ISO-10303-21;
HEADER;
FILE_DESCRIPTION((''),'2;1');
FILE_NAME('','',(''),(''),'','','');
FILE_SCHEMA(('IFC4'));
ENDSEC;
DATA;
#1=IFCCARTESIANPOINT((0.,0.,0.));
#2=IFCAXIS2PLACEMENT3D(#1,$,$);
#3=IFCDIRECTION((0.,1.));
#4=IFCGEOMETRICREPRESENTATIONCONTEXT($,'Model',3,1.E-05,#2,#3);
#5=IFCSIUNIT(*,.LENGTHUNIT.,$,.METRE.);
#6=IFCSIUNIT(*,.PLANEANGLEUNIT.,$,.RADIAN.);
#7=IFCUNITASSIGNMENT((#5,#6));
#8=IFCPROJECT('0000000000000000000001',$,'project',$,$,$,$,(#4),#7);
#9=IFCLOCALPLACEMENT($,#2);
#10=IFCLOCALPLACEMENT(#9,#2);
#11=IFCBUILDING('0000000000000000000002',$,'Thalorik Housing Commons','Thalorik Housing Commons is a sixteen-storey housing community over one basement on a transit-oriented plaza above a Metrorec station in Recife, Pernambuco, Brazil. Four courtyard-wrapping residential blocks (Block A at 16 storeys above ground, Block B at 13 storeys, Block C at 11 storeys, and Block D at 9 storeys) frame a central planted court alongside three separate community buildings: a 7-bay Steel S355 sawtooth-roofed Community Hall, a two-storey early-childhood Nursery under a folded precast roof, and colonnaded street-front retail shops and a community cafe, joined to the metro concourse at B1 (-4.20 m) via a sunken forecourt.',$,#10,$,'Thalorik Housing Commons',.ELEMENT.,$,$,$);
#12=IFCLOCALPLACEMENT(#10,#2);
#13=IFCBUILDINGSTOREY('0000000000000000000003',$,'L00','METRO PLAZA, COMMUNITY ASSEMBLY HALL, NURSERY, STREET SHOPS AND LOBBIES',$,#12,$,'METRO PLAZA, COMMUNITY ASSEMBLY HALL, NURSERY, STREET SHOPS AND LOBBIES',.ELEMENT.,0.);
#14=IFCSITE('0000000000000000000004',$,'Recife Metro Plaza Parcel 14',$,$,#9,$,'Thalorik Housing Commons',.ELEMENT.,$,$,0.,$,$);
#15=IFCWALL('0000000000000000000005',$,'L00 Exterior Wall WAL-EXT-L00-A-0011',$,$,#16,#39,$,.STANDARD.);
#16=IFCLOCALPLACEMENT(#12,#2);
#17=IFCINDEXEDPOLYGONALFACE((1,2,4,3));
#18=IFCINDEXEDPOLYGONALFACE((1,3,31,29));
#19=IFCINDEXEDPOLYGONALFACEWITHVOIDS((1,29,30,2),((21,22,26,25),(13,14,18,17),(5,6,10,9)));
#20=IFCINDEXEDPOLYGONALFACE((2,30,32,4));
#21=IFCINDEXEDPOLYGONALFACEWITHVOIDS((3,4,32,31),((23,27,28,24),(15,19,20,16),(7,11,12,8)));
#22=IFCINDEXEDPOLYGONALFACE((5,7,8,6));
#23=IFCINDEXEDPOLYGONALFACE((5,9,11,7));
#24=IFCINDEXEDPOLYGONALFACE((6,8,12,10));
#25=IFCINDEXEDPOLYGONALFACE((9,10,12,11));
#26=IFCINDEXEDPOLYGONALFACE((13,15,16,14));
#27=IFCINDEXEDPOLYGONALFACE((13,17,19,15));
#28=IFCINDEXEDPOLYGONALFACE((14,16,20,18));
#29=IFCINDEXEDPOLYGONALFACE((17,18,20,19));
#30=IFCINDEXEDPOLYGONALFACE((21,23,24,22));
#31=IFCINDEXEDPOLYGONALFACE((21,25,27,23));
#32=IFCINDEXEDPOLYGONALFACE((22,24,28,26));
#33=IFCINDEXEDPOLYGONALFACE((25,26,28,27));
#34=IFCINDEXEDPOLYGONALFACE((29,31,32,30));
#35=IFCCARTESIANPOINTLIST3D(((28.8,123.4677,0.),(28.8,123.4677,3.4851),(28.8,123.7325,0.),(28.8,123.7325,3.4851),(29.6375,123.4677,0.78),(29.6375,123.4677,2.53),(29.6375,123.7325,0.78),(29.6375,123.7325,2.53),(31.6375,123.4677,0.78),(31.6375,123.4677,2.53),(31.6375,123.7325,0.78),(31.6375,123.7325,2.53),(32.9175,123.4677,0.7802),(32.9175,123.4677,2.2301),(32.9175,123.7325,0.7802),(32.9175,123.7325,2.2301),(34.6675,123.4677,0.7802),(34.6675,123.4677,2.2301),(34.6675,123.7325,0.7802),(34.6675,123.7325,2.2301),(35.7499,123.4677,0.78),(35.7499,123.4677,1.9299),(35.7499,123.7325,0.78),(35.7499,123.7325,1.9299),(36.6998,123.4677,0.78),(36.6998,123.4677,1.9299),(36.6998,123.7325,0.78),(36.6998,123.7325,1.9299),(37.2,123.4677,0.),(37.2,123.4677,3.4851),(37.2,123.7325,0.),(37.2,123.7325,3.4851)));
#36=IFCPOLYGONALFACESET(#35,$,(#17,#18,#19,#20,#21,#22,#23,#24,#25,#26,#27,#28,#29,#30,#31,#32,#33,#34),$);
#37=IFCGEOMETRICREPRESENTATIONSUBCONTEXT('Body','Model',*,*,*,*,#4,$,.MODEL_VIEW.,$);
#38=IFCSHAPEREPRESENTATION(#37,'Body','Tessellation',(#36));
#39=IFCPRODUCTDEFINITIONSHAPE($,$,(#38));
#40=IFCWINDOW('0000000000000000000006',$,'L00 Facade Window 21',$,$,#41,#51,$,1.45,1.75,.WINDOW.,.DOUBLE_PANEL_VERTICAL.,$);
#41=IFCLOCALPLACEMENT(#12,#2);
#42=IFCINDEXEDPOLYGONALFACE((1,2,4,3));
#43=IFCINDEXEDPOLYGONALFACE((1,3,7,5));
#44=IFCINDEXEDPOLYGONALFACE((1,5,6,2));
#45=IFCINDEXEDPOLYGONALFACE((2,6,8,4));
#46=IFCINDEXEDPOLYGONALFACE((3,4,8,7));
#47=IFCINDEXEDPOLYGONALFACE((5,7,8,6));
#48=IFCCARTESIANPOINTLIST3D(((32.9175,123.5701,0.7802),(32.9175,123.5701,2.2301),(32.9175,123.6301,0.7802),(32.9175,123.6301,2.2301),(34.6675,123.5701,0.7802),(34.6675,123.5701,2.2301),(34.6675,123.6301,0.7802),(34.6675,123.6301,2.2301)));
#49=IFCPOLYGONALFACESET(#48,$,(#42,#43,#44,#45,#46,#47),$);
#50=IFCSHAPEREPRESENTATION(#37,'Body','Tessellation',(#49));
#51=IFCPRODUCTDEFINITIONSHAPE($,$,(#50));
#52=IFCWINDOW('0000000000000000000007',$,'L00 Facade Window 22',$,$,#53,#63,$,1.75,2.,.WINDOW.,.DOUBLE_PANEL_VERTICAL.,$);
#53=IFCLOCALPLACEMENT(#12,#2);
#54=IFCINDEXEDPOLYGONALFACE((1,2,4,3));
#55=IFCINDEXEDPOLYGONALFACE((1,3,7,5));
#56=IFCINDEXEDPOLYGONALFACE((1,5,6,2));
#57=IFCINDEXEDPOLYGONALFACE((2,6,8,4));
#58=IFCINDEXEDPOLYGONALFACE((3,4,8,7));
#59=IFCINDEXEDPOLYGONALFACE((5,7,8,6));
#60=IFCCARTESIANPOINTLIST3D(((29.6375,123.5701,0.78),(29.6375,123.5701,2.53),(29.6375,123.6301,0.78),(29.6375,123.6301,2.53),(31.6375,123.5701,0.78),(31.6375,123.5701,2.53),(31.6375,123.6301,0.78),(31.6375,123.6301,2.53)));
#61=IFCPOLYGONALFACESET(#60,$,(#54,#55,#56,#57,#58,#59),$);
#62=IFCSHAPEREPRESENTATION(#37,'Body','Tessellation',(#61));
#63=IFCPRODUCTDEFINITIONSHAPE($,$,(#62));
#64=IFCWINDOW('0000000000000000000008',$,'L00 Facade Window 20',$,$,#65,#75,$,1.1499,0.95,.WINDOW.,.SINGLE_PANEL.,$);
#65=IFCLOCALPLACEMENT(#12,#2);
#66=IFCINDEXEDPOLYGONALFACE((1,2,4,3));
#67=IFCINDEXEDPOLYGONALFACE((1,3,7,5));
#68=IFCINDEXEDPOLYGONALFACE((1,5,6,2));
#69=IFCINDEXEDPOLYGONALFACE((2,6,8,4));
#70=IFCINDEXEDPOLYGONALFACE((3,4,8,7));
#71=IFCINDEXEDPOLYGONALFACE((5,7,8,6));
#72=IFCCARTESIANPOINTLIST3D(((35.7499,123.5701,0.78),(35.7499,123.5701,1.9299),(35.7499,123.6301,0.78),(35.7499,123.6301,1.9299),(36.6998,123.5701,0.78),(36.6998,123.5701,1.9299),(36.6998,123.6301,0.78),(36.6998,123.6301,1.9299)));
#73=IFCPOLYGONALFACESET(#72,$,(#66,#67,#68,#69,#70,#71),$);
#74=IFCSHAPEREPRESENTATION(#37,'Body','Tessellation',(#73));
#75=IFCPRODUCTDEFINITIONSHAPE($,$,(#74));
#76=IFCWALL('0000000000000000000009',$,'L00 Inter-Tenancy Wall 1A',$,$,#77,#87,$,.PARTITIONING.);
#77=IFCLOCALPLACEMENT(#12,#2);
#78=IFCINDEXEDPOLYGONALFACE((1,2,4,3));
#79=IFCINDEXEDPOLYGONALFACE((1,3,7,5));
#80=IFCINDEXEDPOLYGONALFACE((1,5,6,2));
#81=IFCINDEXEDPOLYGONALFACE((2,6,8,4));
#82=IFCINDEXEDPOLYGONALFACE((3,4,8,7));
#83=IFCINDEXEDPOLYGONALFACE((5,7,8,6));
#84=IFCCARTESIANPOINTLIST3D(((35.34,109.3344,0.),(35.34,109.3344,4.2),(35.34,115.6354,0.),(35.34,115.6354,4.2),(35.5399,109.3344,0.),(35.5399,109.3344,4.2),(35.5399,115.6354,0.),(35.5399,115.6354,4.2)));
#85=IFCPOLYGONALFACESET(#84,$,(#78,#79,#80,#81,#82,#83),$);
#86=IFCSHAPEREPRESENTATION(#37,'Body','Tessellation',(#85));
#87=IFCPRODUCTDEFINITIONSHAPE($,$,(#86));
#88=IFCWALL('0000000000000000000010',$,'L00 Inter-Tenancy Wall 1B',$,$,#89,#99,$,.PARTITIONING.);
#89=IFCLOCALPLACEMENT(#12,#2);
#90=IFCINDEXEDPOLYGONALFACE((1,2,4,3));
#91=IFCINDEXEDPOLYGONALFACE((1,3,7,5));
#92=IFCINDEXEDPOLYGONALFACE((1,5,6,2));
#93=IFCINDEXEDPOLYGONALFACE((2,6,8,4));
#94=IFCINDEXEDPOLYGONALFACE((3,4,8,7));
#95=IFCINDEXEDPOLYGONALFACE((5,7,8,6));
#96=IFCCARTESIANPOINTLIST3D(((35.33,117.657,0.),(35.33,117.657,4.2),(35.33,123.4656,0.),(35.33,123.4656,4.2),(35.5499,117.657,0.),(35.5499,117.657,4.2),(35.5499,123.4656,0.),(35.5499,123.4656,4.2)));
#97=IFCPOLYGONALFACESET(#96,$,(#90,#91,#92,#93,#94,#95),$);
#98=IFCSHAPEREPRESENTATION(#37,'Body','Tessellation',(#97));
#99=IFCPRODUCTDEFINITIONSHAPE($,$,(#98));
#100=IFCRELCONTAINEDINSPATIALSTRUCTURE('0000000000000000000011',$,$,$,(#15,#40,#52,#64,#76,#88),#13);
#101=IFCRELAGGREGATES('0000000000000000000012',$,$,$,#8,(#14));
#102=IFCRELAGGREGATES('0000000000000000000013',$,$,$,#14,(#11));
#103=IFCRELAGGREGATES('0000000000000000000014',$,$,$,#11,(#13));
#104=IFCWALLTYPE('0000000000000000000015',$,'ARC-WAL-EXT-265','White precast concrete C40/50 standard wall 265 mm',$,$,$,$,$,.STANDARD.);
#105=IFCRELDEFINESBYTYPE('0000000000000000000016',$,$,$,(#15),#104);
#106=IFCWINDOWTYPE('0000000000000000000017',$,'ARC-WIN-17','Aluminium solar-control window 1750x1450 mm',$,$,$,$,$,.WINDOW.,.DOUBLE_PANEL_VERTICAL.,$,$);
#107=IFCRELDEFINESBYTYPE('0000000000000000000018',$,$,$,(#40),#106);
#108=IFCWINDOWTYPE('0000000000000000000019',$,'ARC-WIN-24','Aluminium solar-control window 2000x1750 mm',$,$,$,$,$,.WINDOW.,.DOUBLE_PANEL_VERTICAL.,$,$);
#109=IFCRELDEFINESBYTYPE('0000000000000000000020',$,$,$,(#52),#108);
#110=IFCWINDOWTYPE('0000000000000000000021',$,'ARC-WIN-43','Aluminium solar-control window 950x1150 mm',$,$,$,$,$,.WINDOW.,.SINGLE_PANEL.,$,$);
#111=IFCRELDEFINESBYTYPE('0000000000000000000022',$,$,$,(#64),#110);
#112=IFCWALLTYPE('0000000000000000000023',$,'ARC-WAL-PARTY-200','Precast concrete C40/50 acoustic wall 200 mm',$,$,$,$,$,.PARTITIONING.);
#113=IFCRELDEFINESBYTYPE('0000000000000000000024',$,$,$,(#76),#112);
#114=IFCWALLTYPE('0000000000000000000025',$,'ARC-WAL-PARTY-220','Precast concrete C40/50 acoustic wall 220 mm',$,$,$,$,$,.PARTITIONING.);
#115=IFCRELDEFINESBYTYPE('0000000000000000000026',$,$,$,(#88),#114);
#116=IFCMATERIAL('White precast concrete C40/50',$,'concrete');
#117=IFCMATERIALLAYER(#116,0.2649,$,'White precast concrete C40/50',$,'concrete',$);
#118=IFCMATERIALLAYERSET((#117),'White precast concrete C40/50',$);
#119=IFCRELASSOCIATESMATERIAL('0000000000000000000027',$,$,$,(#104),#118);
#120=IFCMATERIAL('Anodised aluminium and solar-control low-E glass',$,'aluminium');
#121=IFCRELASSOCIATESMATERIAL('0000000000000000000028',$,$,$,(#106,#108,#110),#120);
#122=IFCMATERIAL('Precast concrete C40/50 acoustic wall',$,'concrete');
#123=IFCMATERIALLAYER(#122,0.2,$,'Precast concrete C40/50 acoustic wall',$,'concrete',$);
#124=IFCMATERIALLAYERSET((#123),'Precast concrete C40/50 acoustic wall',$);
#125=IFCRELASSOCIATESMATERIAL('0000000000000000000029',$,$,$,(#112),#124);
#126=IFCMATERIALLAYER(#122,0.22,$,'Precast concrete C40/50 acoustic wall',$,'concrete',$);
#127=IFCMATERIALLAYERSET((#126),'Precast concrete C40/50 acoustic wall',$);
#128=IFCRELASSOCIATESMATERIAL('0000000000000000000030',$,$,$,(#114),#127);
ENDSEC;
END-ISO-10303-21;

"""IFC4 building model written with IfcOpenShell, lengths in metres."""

from ifc_helpers import new_model, si_unit, direction, frame, frame_2d, origin, place, context, subcontext, project, spatial, rectangle, extrude, material, layer, layer_set, type_object, element, fill, save


model = new_model("IFC4")

# Units and contexts
model_context = context("Model", 3, precision=1e-05, world=origin(), true_north=direction((0.0, 1.0)))
body_context = subcontext(model_context, "Body", "Model", "MODEL_VIEW")
ifc_project = project(units=[si_unit("LENGTHUNIT", "METRE"), si_unit("PLANEANGLEUNIT", "RADIAN")], contexts=[model_context])

# Site, building, storey
site_placement = place(None, origin())
site = spatial("IfcSite", under=ifc_project, at=site_placement, Name="Recife Metro Plaza Parcel 14", LongName="Thalorik Housing Commons", CompositionType="ELEMENT", RefElevation=0.0)
building_placement = place(site_placement, origin())
building = spatial("IfcBuilding", under=site, at=building_placement, Name="Thalorik Housing Commons", Description="Thalorik Housing Commons is a sixteen-storey housing community over one basement on a transit-oriented plaza above a Metrorec station in Recife, Pernambuco, Brazil. Four courtyard-wrapping residential blocks (Block A at 16 storeys above ground, Block B at 13 storeys, Block C at 11 storeys, and Block D at 9 storeys) frame a central planted court alongside three separate community buildings: a 7-bay Steel S355 sawtooth-roofed Community Hall, a two-storey early-childhood Nursery under a folded precast roof, and colonnaded street-front retail shops and a community cafe, joined to the metro concourse at B1 (-4.20 m) via a sunken forecourt.", LongName="Thalorik Housing Commons", CompositionType="ELEMENT")
storey_placement = place(building_placement, origin())
storey = spatial("IfcBuildingStorey", under=building, at=storey_placement, Name="L00", Description="METRO PLAZA, COMMUNITY ASSEMBLY HALL, NURSERY, STREET SHOPS AND LOBBIES", LongName="METRO PLAZA, COMMUNITY ASSEMBLY HALL, NURSERY, STREET SHOPS AND LOBBIES", CompositionType="ELEMENT", Elevation=0.0)

# Shared definitions
ifc_material_1 = material(Name="White precast concrete C40/50", Category="concrete")
ifc_layer_1 = layer(ifc_material_1, 0.2649, Name="White precast concrete C40/50", Category="concrete")
ifc_layer_set_1 = layer_set([ifc_layer_1], Name="White precast concrete C40/50")
wall_type_1 = type_object("IfcWallType", Name="ARC-WAL-EXT-265", Description="White precast concrete C40/50 standard wall 265 mm", PredefinedType="STANDARD", material=ifc_layer_set_1)

# Wall, openings, windows
wall_1_placement = place(storey_placement, frame((37.2, 123.6001, 0.0), z_axis=(0.0, 0.0, 1.0), x_axis=(-1.0, 0.0, 0.0)))
wall_1 = element("IfcWall", 1, at=wall_1_placement, inside=storey, type_object=wall_type_1, Name="L00 Exterior Wall WAL-EXT-L00-A-0011", PredefinedType="STANDARD", context=body_context, shape_type="SweptSolid", body=[
    extrude(rectangle(XDim=8.3999, YDim=0.2649, at=frame_2d((4.2, 0.0))), origin(), (0.0, 0.0, 1.0), 3.4851),
])
opening_1_placement = place(wall_1_placement, frame((0.5, 0.0, 0.78)))
opening_1 = element("IfcOpeningElement", 2, at=opening_1_placement, cuts=wall_1, PredefinedType="OPENING", context=body_context, shape_type="SweptSolid", body=[
    extrude(rectangle(XDim=0.95, YDim=1.1499, at=frame_2d((0.4751, 0.575))), frame((0.0, 0.1426, 0.0), z_axis=(0.0, -1.0, 0.0), x_axis=(1.0, 0.0, 0.0)), (0.0, 0.0, 1.0), 0.2849),
])
opening_2_placement = place(wall_1_placement, frame((2.5325, 0.0, 0.78)))
opening_2 = element("IfcOpeningElement", 3, at=opening_2_placement, cuts=wall_1, PredefinedType="OPENING", context=body_context, shape_type="SweptSolid", body=[
    extrude(rectangle(XDim=1.75, YDim=1.45, at=frame_2d((0.875, 0.7251))), frame((0.0, 0.1426, 0.0), z_axis=(0.0, -1.0, 0.0), x_axis=(1.0, 0.0, 0.0)), (0.0, 0.0, 1.0), 0.2849),
])
opening_3_placement = place(wall_1_placement, frame((5.5625, 0.0, 0.78)))
opening_3 = element("IfcOpeningElement", 4, at=opening_3_placement, cuts=wall_1, PredefinedType="OPENING", context=body_context, shape_type="SweptSolid", body=[
    extrude(rectangle(XDim=2.0, YDim=1.75, at=frame_2d((1.0, 0.875))), frame((0.0, 0.1426, 0.0), z_axis=(0.0, -1.0, 0.0), x_axis=(1.0, 0.0, 0.0)), (0.0, 0.0, 1.0), 0.2849),
])
ifc_material_2 = material(Name="Anodised aluminium and solar-control low-E glass", Category="aluminium")
window_type_1 = type_object("IfcWindowType", Name="ARC-WIN-17", Description="Aluminium solar-control window 1750x1450 mm", PartitioningType="DOUBLE_PANEL_VERTICAL", PredefinedType="WINDOW", material=ifc_material_2)
window_1_placement = place(opening_2_placement, origin())
window_1 = element("IfcWindow", 5, at=window_1_placement, inside=storey, type_object=window_type_1, Name="L00 Facade Window 21", OverallHeight=1.45, OverallWidth=1.75, PartitioningType="DOUBLE_PANEL_VERTICAL", PredefinedType="WINDOW", context=body_context, shape_type="SweptSolid", body=[
    extrude(rectangle(XDim=1.75, YDim=1.45, at=frame_2d((0.875, 0.7251))), frame((0.0, 0.03, 0.0), z_axis=(0.0, -1.0, 0.0), x_axis=(1.0, 0.0, 0.0)), (0.0, 0.0, 1.0), 0.0601),
])
fill(opening_2, window_1)
window_type_2 = type_object("IfcWindowType", Name="ARC-WIN-24", Description="Aluminium solar-control window 2000x1750 mm", PartitioningType="DOUBLE_PANEL_VERTICAL", PredefinedType="WINDOW", material=ifc_material_2)
window_2_placement = place(opening_3_placement, origin())
window_2 = element("IfcWindow", 6, at=window_2_placement, inside=storey, type_object=window_type_2, Name="L00 Facade Window 22", OverallHeight=1.75, OverallWidth=2.0, PartitioningType="DOUBLE_PANEL_VERTICAL", PredefinedType="WINDOW", context=body_context, shape_type="SweptSolid", body=[
    extrude(rectangle(XDim=2.0, YDim=1.75, at=frame_2d((1.0, 0.875))), frame((0.0, 0.03, 0.0), z_axis=(0.0, -1.0, 0.0), x_axis=(1.0, 0.0, 0.0)), (0.0, 0.0, 1.0), 0.0601),
])
fill(opening_3, window_2)
window_type_3 = type_object("IfcWindowType", Name="ARC-WIN-43", Description="Aluminium solar-control window 950x1150 mm", PartitioningType="SINGLE_PANEL", PredefinedType="WINDOW", material=ifc_material_2)
window_3_placement = place(opening_1_placement, origin())
window_3 = element("IfcWindow", 7, at=window_3_placement, inside=storey, type_object=window_type_3, Name="L00 Facade Window 20", OverallHeight=1.1499, OverallWidth=0.95, PartitioningType="SINGLE_PANEL", PredefinedType="WINDOW", context=body_context, shape_type="SweptSolid", body=[
    extrude(rectangle(XDim=0.95, YDim=1.1499, at=frame_2d((0.4751, 0.575))), frame((0.0, 0.03, 0.0), z_axis=(0.0, -1.0, 0.0), x_axis=(1.0, 0.0, 0.0)), (0.0, 0.0, 1.0), 0.0601),
])
fill(opening_1, window_3)

# Walls
ifc_material_3 = material(Name="Precast concrete C40/50 acoustic wall", Category="concrete")
ifc_layer_2 = layer(ifc_material_3, 0.2, Name="Precast concrete C40/50 acoustic wall", Category="concrete")
ifc_layer_set_2 = layer_set([ifc_layer_2], Name="Precast concrete C40/50 acoustic wall")
wall_type_2 = type_object("IfcWallType", Name="ARC-WAL-PARTY-200", Description="Precast concrete C40/50 acoustic wall 200 mm", PredefinedType="PARTITIONING", material=ifc_layer_set_2)
wall_2_placement = place(storey_placement, frame((35.4399, 109.3345, 0.0), z_axis=(0.0, 0.0, 1.0), x_axis=(0.0, 1.0, 0.0)))
element("IfcWall", 8, at=wall_2_placement, inside=storey, type_object=wall_type_2, Name="L00 Inter-Tenancy Wall 1A", PredefinedType="PARTITIONING", context=body_context, shape_type="SweptSolid", body=[
    extrude(rectangle(XDim=6.301, YDim=0.2, at=frame_2d((3.1504, 0.0))), origin(), (0.0, 0.0, 1.0), 4.2),
])
ifc_layer_3 = layer(ifc_material_3, 0.22, Name="Precast concrete C40/50 acoustic wall", Category="concrete")
ifc_layer_set_3 = layer_set([ifc_layer_3], Name="Precast concrete C40/50 acoustic wall")
wall_type_3 = type_object("IfcWallType", Name="ARC-WAL-PARTY-220", Description="Precast concrete C40/50 acoustic wall 220 mm", PredefinedType="PARTITIONING", material=ifc_layer_set_3)
wall_3_placement = place(storey_placement, frame((35.4399, 117.657, 0.0), z_axis=(0.0, 0.0, 1.0), x_axis=(0.0, 1.0, 0.0)))
element("IfcWall", 9, at=wall_3_placement, inside=storey, type_object=wall_type_3, Name="L00 Inter-Tenancy Wall 1B", PredefinedType="PARTITIONING", context=body_context, shape_type="SweptSolid", body=[
    extrude(rectangle(XDim=5.8086, YDim=0.22, at=frame_2d((2.9043, 0.0))), origin(), (0.0, 0.0, 1.0), 4.2),
])

save(model, "model.ifc")
